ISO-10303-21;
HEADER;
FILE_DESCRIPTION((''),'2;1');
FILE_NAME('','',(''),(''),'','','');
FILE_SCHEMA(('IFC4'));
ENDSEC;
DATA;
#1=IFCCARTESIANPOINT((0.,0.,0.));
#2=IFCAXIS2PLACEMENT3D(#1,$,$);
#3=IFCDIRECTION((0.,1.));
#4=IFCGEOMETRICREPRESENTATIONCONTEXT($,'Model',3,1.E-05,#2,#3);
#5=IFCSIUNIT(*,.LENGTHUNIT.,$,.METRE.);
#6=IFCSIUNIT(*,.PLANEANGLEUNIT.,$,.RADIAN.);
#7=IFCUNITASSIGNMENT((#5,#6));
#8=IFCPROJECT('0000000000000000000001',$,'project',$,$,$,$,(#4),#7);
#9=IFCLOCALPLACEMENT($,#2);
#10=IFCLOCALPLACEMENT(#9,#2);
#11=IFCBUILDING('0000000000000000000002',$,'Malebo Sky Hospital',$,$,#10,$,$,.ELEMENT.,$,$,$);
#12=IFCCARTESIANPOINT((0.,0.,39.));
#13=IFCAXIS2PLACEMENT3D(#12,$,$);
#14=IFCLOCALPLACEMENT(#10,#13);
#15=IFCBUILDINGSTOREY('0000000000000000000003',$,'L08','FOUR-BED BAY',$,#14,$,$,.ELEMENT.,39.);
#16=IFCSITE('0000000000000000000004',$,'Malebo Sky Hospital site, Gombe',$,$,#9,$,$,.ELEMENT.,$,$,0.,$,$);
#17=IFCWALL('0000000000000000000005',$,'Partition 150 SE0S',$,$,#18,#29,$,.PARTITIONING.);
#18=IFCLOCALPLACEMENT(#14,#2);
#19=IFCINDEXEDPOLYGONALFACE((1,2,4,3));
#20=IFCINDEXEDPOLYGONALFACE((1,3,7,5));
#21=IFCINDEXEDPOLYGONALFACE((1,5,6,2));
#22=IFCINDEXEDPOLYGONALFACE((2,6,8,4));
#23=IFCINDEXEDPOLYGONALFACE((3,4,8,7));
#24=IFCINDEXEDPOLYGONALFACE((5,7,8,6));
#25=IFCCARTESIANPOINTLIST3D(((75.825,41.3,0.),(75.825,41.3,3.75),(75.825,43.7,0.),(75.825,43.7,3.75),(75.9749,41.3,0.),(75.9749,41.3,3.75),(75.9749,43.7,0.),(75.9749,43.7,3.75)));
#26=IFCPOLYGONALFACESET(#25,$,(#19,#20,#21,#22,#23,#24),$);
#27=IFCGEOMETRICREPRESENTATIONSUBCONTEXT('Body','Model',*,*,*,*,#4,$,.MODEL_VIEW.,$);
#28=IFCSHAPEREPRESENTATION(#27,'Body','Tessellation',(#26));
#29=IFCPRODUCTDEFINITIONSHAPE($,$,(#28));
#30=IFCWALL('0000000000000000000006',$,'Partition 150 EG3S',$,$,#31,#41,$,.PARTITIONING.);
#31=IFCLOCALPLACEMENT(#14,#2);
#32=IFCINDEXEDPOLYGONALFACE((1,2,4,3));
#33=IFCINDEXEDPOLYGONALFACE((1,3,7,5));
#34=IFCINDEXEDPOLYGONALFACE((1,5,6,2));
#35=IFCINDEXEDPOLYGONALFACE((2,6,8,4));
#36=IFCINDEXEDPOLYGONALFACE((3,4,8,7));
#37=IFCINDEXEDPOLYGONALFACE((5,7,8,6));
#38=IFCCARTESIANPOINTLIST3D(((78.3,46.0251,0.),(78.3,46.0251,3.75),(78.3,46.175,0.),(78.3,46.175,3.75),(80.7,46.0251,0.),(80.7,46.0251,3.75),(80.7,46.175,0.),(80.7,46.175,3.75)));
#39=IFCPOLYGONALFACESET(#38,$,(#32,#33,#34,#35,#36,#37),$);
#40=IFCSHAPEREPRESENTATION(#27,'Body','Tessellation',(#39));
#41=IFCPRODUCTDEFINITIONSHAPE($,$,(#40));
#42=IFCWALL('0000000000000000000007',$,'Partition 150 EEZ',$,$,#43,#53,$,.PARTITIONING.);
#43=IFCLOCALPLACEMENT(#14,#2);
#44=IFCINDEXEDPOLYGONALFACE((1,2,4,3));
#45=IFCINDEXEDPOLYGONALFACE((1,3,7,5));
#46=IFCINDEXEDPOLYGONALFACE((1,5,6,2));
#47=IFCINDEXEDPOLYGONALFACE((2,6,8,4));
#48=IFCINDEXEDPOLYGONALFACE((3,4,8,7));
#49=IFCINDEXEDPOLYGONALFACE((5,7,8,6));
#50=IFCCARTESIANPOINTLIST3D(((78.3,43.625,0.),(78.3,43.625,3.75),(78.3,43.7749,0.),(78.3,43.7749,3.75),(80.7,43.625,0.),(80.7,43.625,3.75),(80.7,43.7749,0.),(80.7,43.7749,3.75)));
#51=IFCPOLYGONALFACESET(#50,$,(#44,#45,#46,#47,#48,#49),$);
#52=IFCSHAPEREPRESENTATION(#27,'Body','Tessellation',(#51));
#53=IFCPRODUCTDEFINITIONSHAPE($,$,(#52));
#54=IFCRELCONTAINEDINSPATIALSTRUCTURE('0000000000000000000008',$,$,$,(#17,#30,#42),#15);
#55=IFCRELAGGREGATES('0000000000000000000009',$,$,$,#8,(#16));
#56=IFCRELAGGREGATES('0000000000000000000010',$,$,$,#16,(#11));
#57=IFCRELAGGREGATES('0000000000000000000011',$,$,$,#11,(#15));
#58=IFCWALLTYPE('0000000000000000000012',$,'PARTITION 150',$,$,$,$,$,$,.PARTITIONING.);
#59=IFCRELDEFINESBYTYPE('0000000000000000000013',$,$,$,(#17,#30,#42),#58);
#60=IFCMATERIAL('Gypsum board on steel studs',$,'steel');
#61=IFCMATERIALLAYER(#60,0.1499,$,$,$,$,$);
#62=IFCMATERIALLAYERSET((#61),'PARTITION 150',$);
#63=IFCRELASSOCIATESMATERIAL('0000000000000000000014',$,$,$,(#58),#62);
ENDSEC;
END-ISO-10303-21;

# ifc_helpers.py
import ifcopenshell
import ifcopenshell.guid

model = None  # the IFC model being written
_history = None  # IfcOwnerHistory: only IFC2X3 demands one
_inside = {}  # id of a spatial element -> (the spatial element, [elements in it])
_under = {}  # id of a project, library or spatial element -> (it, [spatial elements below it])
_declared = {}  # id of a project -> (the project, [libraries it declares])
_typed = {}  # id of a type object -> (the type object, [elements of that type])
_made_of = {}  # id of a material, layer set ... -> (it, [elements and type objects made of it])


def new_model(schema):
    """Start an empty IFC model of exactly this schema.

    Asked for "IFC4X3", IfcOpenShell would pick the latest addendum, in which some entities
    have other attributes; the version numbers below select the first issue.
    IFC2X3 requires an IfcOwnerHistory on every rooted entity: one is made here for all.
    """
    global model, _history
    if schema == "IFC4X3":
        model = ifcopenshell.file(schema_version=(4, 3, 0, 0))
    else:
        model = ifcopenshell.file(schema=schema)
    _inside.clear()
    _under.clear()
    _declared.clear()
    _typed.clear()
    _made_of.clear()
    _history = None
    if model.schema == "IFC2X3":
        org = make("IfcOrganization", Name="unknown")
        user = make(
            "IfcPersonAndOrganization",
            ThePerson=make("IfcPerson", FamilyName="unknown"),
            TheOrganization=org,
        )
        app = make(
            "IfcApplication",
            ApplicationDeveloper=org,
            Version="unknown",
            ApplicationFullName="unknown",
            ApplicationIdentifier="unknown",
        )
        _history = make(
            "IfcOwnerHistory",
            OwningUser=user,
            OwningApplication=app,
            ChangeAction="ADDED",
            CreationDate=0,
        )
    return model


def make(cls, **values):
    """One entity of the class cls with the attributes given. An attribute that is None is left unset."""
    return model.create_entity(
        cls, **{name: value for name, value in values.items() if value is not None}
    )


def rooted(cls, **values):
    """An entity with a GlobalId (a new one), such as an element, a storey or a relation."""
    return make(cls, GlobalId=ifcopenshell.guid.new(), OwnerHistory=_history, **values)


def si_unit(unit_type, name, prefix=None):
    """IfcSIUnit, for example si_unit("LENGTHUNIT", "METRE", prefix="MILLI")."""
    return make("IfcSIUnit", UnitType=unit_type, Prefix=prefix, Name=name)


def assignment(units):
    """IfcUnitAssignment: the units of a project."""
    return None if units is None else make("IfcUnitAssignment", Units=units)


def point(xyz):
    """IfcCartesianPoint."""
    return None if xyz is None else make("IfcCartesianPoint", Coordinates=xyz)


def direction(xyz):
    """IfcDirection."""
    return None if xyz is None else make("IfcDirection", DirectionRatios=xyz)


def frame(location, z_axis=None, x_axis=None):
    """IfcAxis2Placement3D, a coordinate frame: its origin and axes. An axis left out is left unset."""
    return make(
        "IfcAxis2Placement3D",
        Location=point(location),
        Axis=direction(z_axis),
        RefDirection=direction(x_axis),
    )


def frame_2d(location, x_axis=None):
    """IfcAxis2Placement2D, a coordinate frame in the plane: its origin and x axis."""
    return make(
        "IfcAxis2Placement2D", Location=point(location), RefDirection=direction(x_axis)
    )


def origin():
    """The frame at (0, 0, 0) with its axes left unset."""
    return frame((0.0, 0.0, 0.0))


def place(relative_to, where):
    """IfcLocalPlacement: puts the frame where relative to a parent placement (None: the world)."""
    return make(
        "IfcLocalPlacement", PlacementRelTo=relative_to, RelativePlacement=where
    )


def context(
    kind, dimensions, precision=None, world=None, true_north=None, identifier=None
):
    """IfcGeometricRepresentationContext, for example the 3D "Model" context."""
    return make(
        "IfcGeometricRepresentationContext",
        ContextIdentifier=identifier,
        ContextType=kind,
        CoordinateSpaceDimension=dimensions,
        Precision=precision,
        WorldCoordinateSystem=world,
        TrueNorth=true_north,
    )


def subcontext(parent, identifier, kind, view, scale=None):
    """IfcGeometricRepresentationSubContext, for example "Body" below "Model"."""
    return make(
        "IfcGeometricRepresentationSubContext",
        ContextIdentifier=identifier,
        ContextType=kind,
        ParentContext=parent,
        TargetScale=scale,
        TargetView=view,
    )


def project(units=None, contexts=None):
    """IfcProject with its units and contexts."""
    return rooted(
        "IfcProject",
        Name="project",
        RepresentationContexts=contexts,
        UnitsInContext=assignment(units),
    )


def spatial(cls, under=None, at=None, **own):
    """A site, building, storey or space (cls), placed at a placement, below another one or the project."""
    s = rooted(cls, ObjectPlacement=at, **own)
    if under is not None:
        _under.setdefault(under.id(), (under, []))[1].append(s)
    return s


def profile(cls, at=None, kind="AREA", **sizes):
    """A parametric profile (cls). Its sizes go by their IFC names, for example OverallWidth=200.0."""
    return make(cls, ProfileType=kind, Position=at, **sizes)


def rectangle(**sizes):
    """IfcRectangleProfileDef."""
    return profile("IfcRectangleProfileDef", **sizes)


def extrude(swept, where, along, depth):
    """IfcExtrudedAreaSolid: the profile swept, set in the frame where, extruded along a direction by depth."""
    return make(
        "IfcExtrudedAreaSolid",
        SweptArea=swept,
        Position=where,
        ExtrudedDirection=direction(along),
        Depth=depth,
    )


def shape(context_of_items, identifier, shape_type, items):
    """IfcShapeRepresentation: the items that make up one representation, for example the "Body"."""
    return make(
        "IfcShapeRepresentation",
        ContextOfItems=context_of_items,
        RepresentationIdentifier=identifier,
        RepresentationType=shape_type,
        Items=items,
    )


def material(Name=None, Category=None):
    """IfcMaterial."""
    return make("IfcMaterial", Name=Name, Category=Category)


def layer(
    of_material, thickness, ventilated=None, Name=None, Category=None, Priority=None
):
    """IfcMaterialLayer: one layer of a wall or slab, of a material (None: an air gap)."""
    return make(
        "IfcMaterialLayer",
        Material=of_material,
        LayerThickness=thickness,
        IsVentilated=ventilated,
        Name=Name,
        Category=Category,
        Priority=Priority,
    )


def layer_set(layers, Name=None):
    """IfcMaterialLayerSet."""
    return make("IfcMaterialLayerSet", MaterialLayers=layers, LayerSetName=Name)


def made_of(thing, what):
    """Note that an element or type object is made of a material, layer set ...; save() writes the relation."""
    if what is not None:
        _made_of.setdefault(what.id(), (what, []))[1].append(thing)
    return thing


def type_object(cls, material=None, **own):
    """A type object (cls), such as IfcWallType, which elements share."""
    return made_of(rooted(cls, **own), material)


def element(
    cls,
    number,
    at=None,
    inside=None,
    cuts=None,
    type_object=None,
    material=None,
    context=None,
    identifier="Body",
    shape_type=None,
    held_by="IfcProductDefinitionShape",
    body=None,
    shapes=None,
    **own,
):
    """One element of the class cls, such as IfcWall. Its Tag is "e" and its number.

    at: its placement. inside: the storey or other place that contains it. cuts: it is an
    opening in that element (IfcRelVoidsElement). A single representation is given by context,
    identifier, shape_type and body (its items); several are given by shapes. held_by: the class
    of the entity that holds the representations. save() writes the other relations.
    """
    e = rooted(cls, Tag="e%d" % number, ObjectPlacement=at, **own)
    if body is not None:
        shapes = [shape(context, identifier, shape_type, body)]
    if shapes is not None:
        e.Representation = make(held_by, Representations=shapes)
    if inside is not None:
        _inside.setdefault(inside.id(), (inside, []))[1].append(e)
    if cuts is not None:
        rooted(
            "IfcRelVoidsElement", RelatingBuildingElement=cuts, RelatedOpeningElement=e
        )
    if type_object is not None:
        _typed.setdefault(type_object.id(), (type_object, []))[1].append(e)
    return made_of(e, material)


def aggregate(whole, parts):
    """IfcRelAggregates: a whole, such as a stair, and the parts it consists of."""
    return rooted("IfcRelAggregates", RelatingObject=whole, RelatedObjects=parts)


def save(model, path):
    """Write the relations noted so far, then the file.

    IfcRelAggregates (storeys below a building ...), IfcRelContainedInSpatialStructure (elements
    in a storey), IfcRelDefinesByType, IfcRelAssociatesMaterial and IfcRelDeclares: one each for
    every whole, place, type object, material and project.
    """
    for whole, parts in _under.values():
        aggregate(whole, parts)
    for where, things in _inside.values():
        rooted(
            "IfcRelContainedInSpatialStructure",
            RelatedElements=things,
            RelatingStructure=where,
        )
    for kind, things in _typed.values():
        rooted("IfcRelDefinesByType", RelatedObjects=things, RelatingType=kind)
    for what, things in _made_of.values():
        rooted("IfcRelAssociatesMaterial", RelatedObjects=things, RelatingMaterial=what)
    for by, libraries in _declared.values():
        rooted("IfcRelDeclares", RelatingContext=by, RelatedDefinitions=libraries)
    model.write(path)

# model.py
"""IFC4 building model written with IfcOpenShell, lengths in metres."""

from ifc_helpers import new_model, si_unit, direction, frame, frame_2d, origin, place, context, subcontext, project, spatial, rectangle, extrude, material, layer, layer_set, type_object, element, save


model = new_model("IFC4")

# Units and contexts
model_context = context("Model", 3, precision=1e-05, world=origin(), true_north=direction((0.0, 1.0)))
body_context = subcontext(model_context, "Body", "Model", "MODEL_VIEW")
ifc_project = project(units=[si_unit("LENGTHUNIT", "METRE"), si_unit("PLANEANGLEUNIT", "RADIAN")], contexts=[model_context])

# Site, building, storey
site_placement = place(None, origin())
site = spatial("IfcSite", under=ifc_project, at=site_placement, Name="Malebo Sky Hospital site, Gombe", CompositionType="ELEMENT", RefElevation=0.0)
building_placement = place(site_placement, origin())
building = spatial("IfcBuilding", under=site, at=building_placement, Name="Malebo Sky Hospital", CompositionType="ELEMENT")
storey_placement = place(building_placement, frame((0.0, 0.0, 39.0)))
storey = spatial("IfcBuildingStorey", under=building, at=storey_placement, Name="L08", Description="FOUR-BED BAY", CompositionType="ELEMENT", Elevation=39.0)

# Shared definitions
ifc_material_1 = material(Name="Gypsum board on steel studs", Category="steel")

# Shared definitions
ifc_layer_1 = layer(ifc_material_1, 0.1499)
ifc_layer_set_1 = layer_set([ifc_layer_1], Name="PARTITION 150")
wall_type_1 = type_object("IfcWallType", Name="PARTITION 150", PredefinedType="PARTITIONING", material=ifc_layer_set_1)

# Walls
for number, where, z_axis, x_axis, name in (
    (1, (75.8999, 43.7, 0.0), (0.0, 0.0, 1.0), (0.0, -1.0, 0.0), "Partition 150 SE0S"),
    (2, (78.3, 46.1001, 0.0), (0.0, 0.0, 1.0), (1.0, 0.0, 0.0), "Partition 150 EG3S"),
    (3, (78.3, 43.7, 0.0), (0.0, 0.0, 1.0), (1.0, 0.0, 0.0), "Partition 150 EEZ"),
):
    element("IfcWall", number, at=place(storey_placement, frame(where, z_axis=z_axis, x_axis=x_axis)), inside=storey, type_object=wall_type_1, Name=name, PredefinedType="PARTITIONING", context=body_context, shape_type="SweptSolid", body=[
        extrude(rectangle(XDim=2.3999, YDim=0.1499, at=frame_2d((1.2, 0.0))), origin(), (0.0, 0.0, 1.0), 3.75),
    ])

save(model, "model.ifc")
